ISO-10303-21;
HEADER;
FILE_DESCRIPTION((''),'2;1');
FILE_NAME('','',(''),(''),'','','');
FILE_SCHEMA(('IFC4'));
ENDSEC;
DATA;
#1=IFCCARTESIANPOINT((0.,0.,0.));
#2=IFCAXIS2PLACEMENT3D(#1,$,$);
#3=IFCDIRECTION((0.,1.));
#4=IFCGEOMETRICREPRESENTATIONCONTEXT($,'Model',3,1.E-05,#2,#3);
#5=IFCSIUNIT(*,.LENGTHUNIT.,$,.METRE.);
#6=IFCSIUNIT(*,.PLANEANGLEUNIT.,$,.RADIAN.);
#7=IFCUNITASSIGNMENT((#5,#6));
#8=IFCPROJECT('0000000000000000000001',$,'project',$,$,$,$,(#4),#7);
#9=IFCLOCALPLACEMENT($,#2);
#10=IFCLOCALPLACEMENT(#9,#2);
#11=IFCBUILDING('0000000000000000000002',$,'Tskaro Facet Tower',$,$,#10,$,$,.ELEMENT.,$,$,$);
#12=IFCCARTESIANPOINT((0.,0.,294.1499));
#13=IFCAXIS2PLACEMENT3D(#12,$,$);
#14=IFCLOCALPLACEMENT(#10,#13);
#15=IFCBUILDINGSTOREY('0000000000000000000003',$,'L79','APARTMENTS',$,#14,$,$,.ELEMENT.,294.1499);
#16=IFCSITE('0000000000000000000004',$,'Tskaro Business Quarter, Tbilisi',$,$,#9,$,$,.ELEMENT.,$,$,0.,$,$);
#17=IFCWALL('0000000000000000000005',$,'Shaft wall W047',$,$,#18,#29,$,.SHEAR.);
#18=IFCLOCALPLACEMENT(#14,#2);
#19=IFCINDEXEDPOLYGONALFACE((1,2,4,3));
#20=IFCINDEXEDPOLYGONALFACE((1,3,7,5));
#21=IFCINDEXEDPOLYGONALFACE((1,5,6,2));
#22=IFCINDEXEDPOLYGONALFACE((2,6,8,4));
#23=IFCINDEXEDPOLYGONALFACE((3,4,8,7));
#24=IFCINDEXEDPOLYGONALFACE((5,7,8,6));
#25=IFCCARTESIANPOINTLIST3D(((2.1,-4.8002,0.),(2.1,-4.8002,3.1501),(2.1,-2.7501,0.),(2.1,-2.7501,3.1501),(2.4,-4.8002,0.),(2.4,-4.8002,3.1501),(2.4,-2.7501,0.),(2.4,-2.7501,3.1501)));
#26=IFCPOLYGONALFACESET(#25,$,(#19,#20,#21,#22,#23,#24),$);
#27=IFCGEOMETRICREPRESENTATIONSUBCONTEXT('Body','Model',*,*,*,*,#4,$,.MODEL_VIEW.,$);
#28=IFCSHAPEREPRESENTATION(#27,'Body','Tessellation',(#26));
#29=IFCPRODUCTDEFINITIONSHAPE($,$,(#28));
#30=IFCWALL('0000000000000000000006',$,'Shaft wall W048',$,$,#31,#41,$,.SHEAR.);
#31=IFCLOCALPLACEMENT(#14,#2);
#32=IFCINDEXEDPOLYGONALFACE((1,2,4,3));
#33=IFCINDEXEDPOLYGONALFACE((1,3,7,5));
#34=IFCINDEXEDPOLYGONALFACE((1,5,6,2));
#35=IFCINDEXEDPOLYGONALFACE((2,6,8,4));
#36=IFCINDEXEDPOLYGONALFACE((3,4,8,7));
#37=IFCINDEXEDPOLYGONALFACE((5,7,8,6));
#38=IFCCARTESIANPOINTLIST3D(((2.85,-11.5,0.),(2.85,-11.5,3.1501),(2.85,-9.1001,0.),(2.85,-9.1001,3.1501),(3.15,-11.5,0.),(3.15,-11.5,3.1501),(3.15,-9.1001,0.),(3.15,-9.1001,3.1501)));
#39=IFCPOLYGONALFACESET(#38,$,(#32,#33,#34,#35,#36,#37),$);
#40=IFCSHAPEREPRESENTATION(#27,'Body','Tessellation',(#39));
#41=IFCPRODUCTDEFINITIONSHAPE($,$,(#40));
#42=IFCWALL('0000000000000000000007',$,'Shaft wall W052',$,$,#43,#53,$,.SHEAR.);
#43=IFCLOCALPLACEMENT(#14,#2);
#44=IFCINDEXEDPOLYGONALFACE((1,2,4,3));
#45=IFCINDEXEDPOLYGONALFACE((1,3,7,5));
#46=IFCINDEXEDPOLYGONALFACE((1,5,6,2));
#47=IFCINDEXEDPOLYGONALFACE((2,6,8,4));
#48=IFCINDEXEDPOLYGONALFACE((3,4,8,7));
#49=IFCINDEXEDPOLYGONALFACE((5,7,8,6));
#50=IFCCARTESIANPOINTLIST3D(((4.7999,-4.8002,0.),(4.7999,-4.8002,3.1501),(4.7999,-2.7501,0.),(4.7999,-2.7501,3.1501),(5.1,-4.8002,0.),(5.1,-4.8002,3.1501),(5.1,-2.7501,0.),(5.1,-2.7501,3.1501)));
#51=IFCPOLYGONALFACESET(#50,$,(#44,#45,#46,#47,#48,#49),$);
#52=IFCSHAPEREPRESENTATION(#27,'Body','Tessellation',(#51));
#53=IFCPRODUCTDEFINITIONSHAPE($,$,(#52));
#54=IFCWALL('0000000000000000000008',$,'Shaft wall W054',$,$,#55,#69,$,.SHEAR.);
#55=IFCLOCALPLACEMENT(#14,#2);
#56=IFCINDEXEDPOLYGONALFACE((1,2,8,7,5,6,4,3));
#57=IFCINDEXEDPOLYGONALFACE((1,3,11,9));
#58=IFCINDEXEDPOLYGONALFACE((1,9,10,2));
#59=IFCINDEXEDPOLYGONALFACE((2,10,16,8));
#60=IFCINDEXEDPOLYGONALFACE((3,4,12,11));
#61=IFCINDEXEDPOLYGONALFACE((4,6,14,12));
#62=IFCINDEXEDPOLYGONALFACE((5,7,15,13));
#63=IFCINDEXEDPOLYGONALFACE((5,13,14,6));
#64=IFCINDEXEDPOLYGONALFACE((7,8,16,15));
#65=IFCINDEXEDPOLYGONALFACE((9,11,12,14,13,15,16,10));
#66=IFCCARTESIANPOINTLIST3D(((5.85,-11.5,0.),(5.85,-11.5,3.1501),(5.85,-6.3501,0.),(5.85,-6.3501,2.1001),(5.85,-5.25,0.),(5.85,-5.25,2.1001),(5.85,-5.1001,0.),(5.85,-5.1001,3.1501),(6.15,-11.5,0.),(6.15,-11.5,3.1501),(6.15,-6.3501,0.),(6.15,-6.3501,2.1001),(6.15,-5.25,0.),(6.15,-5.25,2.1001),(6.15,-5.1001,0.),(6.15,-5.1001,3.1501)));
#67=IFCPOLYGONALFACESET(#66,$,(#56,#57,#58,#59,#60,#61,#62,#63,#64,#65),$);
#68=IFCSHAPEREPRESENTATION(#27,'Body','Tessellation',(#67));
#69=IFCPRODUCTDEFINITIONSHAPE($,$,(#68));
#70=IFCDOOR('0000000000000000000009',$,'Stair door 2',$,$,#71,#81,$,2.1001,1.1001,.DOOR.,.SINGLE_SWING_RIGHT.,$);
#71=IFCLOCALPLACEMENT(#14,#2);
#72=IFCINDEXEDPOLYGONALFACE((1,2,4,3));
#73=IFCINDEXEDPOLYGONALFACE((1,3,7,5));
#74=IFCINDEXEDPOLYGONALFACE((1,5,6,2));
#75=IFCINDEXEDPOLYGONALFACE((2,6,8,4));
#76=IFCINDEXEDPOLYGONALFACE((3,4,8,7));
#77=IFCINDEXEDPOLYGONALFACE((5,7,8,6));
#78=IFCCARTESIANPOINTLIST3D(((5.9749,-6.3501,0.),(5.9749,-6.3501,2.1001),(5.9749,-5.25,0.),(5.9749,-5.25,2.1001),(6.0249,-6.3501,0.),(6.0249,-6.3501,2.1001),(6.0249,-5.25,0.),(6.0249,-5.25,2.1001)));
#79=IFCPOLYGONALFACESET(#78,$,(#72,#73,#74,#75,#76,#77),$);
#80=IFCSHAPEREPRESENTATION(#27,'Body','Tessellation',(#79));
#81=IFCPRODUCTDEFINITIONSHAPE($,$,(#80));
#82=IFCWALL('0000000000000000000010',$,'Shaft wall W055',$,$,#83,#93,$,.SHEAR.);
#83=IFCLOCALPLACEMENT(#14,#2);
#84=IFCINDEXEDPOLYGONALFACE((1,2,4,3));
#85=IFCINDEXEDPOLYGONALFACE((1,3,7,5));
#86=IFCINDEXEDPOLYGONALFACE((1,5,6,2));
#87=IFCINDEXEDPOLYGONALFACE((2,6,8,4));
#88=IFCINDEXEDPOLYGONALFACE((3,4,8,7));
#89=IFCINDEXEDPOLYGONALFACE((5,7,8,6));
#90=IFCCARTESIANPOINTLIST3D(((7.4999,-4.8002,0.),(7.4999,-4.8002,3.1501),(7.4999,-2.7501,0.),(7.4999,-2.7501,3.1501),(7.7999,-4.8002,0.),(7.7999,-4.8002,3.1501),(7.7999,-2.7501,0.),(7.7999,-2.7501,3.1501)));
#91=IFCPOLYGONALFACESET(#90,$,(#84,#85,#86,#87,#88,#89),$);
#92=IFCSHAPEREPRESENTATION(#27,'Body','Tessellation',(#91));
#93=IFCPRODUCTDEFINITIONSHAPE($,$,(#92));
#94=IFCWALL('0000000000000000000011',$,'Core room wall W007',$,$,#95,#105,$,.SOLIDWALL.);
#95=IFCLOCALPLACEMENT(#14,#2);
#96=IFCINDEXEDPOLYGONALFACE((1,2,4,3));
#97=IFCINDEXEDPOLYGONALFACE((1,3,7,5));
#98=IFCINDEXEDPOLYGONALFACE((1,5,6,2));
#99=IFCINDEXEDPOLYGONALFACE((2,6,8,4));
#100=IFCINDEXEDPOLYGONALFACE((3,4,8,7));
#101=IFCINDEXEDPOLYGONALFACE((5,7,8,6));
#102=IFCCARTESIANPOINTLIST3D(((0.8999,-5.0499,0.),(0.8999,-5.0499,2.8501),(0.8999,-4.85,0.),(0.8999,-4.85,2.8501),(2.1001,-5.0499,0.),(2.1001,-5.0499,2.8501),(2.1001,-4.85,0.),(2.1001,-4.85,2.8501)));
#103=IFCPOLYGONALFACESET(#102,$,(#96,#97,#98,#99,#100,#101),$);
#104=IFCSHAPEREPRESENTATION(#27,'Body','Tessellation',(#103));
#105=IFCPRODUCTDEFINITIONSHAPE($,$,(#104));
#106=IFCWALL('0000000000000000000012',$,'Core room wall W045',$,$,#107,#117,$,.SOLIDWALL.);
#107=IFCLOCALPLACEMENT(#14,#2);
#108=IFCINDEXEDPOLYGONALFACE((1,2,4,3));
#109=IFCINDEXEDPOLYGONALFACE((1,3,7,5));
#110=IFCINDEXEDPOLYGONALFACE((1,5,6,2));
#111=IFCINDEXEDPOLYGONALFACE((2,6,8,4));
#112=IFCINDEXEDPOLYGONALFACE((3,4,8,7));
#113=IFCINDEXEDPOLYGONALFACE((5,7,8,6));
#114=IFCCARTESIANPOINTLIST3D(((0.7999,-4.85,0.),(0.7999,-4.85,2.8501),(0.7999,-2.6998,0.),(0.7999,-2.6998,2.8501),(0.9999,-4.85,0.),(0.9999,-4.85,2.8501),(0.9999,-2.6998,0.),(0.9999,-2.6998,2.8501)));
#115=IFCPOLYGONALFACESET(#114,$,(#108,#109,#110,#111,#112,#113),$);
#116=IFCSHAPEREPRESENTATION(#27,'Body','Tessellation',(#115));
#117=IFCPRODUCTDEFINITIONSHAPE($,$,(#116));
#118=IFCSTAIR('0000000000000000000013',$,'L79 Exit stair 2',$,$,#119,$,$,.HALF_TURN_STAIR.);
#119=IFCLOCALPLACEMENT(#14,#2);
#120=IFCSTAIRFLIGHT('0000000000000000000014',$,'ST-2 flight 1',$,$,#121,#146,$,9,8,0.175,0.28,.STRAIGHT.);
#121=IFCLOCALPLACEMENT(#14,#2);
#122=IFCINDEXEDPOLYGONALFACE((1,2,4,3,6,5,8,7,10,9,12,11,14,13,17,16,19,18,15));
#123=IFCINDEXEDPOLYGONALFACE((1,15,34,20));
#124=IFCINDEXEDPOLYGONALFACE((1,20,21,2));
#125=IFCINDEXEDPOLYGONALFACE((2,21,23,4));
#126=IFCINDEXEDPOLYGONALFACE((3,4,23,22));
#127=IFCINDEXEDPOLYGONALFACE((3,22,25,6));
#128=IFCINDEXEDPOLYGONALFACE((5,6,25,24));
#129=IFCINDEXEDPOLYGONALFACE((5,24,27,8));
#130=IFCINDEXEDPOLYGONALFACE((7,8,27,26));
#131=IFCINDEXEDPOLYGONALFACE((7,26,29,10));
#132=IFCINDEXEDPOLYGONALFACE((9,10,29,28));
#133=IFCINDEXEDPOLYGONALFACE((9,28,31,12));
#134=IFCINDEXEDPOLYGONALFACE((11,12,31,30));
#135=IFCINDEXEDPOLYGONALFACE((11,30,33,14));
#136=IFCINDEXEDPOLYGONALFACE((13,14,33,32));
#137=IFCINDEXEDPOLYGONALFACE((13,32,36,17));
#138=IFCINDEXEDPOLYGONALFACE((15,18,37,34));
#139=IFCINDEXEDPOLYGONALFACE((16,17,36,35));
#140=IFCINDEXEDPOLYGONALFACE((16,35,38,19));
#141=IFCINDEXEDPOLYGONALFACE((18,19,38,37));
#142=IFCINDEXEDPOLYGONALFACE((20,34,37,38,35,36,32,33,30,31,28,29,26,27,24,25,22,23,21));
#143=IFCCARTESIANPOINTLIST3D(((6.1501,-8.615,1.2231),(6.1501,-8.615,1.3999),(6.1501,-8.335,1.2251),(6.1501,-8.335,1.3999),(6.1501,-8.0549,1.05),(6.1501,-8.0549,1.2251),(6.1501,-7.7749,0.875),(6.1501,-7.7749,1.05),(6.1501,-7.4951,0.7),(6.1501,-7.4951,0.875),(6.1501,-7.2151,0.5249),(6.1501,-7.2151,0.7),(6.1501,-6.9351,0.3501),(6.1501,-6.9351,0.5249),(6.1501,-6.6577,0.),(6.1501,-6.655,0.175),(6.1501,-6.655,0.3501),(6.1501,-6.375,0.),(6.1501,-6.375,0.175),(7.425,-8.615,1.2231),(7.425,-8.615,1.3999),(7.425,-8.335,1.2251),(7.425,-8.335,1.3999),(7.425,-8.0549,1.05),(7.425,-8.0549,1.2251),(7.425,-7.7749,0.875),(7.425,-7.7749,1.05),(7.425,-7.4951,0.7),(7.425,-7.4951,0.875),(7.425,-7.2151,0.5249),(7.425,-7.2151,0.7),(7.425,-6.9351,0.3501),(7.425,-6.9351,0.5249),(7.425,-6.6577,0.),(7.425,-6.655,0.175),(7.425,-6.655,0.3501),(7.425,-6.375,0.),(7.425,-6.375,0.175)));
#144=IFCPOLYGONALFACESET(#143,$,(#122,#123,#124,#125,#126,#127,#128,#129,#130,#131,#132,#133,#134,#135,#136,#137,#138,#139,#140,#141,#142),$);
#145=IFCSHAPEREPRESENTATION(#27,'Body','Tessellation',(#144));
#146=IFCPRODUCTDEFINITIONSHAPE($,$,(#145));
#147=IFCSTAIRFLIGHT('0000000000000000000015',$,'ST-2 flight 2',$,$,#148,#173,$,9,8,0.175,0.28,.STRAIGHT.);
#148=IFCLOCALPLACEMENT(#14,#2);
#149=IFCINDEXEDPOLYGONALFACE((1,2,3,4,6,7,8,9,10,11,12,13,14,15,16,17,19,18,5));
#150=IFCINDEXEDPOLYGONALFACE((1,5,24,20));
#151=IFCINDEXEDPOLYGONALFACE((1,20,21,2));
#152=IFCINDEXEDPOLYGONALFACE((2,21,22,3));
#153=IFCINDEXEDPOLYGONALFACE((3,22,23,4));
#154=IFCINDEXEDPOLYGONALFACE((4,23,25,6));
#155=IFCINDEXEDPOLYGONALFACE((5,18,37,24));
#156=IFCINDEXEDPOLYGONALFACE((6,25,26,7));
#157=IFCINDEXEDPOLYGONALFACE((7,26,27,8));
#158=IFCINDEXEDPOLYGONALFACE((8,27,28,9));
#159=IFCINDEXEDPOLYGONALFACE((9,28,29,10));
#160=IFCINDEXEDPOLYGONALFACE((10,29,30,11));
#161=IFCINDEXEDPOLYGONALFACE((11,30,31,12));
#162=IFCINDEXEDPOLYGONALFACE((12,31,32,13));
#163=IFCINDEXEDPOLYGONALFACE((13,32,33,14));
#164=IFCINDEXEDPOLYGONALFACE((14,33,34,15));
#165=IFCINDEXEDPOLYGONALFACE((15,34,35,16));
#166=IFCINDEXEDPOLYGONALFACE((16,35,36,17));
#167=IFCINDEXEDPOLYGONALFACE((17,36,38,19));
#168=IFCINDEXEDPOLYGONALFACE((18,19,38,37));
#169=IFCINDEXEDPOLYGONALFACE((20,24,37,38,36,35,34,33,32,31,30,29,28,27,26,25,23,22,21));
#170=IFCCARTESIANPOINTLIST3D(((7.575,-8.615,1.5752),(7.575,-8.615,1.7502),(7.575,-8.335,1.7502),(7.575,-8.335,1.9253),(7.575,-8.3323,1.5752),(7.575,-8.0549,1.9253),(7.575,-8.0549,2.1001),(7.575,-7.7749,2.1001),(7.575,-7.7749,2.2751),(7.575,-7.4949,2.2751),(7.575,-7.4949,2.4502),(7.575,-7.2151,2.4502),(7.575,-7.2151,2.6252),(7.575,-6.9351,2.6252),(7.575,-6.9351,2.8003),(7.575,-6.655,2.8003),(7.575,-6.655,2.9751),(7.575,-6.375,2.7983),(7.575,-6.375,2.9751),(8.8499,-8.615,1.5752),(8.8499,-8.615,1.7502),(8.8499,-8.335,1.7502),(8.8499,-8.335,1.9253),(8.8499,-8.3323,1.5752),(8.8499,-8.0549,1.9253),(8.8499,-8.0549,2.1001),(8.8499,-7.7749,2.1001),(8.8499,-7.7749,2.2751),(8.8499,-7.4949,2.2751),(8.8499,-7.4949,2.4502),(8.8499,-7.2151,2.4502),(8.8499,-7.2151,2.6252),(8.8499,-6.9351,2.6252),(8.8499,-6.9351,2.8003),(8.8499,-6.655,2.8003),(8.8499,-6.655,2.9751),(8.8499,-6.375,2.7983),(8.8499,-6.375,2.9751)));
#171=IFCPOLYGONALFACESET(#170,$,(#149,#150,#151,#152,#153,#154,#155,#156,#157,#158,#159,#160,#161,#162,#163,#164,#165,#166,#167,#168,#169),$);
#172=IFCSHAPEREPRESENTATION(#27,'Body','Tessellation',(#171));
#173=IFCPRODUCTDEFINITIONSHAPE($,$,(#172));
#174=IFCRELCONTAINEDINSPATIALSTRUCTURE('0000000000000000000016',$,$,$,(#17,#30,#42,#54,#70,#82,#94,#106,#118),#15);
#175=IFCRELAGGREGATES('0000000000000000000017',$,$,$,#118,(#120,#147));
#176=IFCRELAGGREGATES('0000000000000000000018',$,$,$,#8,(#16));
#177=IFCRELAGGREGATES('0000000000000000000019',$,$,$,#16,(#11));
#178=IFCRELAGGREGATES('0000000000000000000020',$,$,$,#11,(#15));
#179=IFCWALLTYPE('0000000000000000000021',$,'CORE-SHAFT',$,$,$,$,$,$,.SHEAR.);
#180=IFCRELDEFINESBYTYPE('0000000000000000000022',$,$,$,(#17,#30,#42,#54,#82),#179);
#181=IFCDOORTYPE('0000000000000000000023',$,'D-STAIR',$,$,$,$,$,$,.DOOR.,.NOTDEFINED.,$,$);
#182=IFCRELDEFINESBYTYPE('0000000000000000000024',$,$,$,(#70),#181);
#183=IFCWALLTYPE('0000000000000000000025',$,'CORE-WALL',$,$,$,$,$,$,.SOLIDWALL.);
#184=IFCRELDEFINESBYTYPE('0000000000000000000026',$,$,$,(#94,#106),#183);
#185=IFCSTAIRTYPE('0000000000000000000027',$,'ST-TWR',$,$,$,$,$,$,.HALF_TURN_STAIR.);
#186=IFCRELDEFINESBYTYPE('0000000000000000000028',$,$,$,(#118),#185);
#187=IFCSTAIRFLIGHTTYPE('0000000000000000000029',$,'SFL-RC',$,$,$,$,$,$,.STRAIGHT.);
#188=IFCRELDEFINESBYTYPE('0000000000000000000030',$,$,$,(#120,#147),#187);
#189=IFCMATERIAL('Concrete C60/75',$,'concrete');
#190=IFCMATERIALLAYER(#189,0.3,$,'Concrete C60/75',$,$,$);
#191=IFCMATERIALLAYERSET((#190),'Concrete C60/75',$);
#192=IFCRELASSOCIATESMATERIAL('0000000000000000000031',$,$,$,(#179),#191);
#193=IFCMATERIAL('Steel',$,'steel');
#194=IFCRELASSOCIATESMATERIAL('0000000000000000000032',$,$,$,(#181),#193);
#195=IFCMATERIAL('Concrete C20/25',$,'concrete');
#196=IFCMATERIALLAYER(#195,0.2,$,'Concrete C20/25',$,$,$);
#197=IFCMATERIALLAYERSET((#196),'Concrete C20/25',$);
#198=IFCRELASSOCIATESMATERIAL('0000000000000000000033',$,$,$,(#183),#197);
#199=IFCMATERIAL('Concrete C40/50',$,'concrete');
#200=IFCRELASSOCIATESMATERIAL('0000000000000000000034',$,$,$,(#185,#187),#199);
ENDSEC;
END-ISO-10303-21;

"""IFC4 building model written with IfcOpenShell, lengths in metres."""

from ifc_helpers import new_model, si_unit, direction, frame, frame_2d, origin, place, context, subcontext, project, spatial, polyline, rectangle, outline, extrude, material, layer, layer_set, type_object, element, fill, aggregate, save


model = new_model("IFC4")

# Units and contexts
model_context = context("Model", 3, precision=1e-05, world=origin(), true_north=direction((0.0, 1.0)))
body_context = subcontext(model_context, "Body", "Model", "MODEL_VIEW")
ifc_project = project(units=[si_unit("LENGTHUNIT", "METRE"), si_unit("PLANEANGLEUNIT", "RADIAN")], contexts=[model_context])

# Site, building, storey
site_placement = place(None, origin())
site = spatial("IfcSite", under=ifc_project, at=site_placement, Name="Tskaro Business Quarter, Tbilisi", CompositionType="ELEMENT", RefElevation=0.0)
building_placement = place(site_placement, origin())
building = spatial("IfcBuilding", under=site, at=building_placement, Name="Tskaro Facet Tower", CompositionType="ELEMENT")
storey_placement = place(building_placement, frame((0.0, 0.0, 294.1499)))
storey = spatial("IfcBuildingStorey", under=building, at=storey_placement, Name="L79", Description="APARTMENTS", CompositionType="ELEMENT", Elevation=294.1499)

# Walls
ifc_material_1 = material(Name="Concrete C60/75", Category="concrete")
ifc_layer_1 = layer(ifc_material_1, 0.3, Name="Concrete C60/75")
ifc_layer_set_1 = layer_set([ifc_layer_1], Name="Concrete C60/75")
wall_type_1 = type_object("IfcWallType", Name="CORE-SHAFT", PredefinedType="SHEAR", material=ifc_layer_set_1)
wall_1_placement = place(storey_placement, frame((2.25, -4.8, 0.0), z_axis=(0.0, 0.0, 1.0), x_axis=(0.0, 1.0, 0.0)))
element("IfcWall", 1, at=wall_1_placement, inside=storey, type_object=wall_type_1, Name="Shaft wall W047", PredefinedType="SHEAR", context=body_context, shape_type="SweptSolid", body=[
    extrude(rectangle(XDim=2.05, YDim=0.3, at=frame_2d((1.0249, 0.0))), origin(), (0.0, 0.0, 1.0), 3.1501),
])
wall_2_placement = place(storey_placement, frame((3.0, -11.5, 0.0), z_axis=(0.0, 0.0, 1.0), x_axis=(0.0, 1.0, 0.0)))
element("IfcWall", 2, at=wall_2_placement, inside=storey, type_object=wall_type_1, Name="Shaft wall W048", PredefinedType="SHEAR", context=body_context, shape_type="SweptSolid", body=[
    extrude(rectangle(XDim=2.3999, YDim=0.3, at=frame_2d((1.2, 0.0))), origin(), (0.0, 0.0, 1.0), 3.1501),
])
wall_3_placement = place(storey_placement, frame((4.95, -4.8, 0.0), z_axis=(0.0, 0.0, 1.0), x_axis=(0.0, 1.0, 0.0)))
element("IfcWall", 3, at=wall_3_placement, inside=storey, type_object=wall_type_1, Name="Shaft wall W052", PredefinedType="SHEAR", context=body_context, shape_type="SweptSolid", body=[
    extrude(rectangle(XDim=2.05, YDim=0.3, at=frame_2d((1.0249, 0.0))), origin(), (0.0, 0.0, 1.0), 3.1501),
])

# Wall, opening, door
wall_4_placement = place(storey_placement, frame((6.0, -5.1001, 0.0), z_axis=(0.0, 0.0, 1.0), x_axis=(0.0, -1.0, 0.0)))
wall_4 = element("IfcWall", 4, at=wall_4_placement, inside=storey, type_object=wall_type_1, Name="Shaft wall W054", PredefinedType="SHEAR", context=body_context, shape_type="SweptSolid", body=[
    extrude(rectangle(XDim=6.3999, YDim=0.3, at=frame_2d((3.2, 0.0))), origin(), (0.0, 0.0, 1.0), 3.1501),
])
opening_placement = place(wall_4_placement, frame((0.1499, 0.0, 0.0)))
opening = element("IfcOpeningElement", 5, at=opening_placement, cuts=wall_4, PredefinedType="OPENING", context=body_context, shape_type="SweptSolid", body=[
    extrude(rectangle(XDim=1.1001, YDim=2.1001, at=frame_2d((0.55, 1.05))), frame((0.0, 0.1599, 0.0), z_axis=(0.0, -1.0, 0.0), x_axis=(1.0, 0.0, 0.0)), (0.0, 0.0, 1.0), 0.3201),
])
ifc_material_2 = material(Name="Steel", Category="steel")
door_type = type_object("IfcDoorType", Name="D-STAIR", OperationType="NOTDEFINED", PredefinedType="DOOR", material=ifc_material_2)
door_placement = place(opening_placement, origin())
door = element("IfcDoor", 6, at=door_placement, inside=storey, type_object=door_type, Name="Stair door 2", OperationType="SINGLE_SWING_RIGHT", OverallHeight=2.1001, OverallWidth=1.1001, PredefinedType="DOOR", context=body_context, shape_type="SweptSolid", body=[
    extrude(rectangle(XDim=1.1001, YDim=2.1001, at=frame_2d((0.55, 1.05))), frame((0.0, 0.0249, 0.0), z_axis=(0.0, -1.0, 0.0), x_axis=(1.0, 0.0, 0.0)), (0.0, 0.0, 1.0), 0.05),
])
fill(opening, door)

# Walls
wall_5_placement = place(storey_placement, frame((7.6499, -4.8, 0.0), z_axis=(0.0, 0.0, 1.0), x_axis=(0.0, 1.0, 0.0)))
element("IfcWall", 7, at=wall_5_placement, inside=storey, type_object=wall_type_1, Name="Shaft wall W055", PredefinedType="SHEAR", context=body_context, shape_type="SweptSolid", body=[
    extrude(rectangle(XDim=2.05, YDim=0.3, at=frame_2d((1.0249, 0.0))), origin(), (0.0, 0.0, 1.0), 3.1501),
])
ifc_material_3 = material(Name="Concrete C20/25", Category="concrete")
ifc_layer_2 = layer(ifc_material_3, 0.2, Name="Concrete C20/25")
ifc_layer_set_2 = layer_set([ifc_layer_2], Name="Concrete C20/25")
wall_type_2 = type_object("IfcWallType", Name="CORE-WALL", PredefinedType="SOLIDWALL", material=ifc_layer_set_2)
wall_6_placement = place(storey_placement, frame((0.8999, -4.95, 0.0), z_axis=(0.0, 0.0, 1.0), x_axis=(1.0, 0.0, 0.0)))
element("IfcWall", 8, at=wall_6_placement, inside=storey, type_object=wall_type_2, Name="Core room wall W007", PredefinedType="SOLIDWALL", context=body_context, shape_type="SweptSolid", body=[
    extrude(rectangle(XDim=1.2002, YDim=0.2, at=frame_2d((0.6001, 0.0))), origin(), (0.0, 0.0, 1.0), 2.8501),
])
wall_7_placement = place(storey_placement, frame((0.8999, -4.8501, 0.0), z_axis=(0.0, 0.0, 1.0), x_axis=(0.0, 1.0, 0.0)))
element("IfcWall", 9, at=wall_7_placement, inside=storey, type_object=wall_type_2, Name="Core room wall W045", PredefinedType="SOLIDWALL", context=body_context, shape_type="SweptSolid", body=[
    extrude(rectangle(XDim=2.1501, YDim=0.2, at=frame_2d((1.0752, 0.0))), origin(), (0.0, 0.0, 1.0), 2.8501),
])

# Stair, stair flights
ifc_material_4 = material(Name="Concrete C40/50", Category="concrete")
stair_type = type_object("IfcStairType", Name="ST-TWR", PredefinedType="HALF_TURN_STAIR", material=ifc_material_4)
stair_placement = place(storey_placement, origin())
stair = element("IfcStair", 10, at=stair_placement, inside=storey, type_object=stair_type, Name="L79 Exit stair 2", PredefinedType="HALF_TURN_STAIR")
stair_flight_type = type_object("IfcStairFlightType", Name="SFL-RC", PredefinedType="STRAIGHT", material=ifc_material_4)
stair_flight_1_placement = place(storey_placement, frame((6.7876, -6.375, 0.0), z_axis=(0.0, 0.0, 1.0), x_axis=(0.0, -1.0, 0.0)))
stair_flight_1 = element("IfcStairFlight", 11, at=stair_flight_1_placement, type_object=stair_flight_type, Name="ST-2 flight 1", NumberOfRisers=9, NumberOfTreads=8, PredefinedType="STRAIGHT", RiserHeight=0.175, TreadLength=0.28, context=body_context, shape_type="SweptSolid", body=[
    extrude(outline(polyline([(0.0, 0.0), (0.0, 0.175), (0.28, 0.175), (0.28, 0.3501), (0.5601, 0.3501), (0.5601, 0.5249), (0.8401, 0.5249), (0.8401, 0.7), (1.1201, 0.7), (1.1201, 0.875), (1.3999, 0.875), (1.3999, 1.05), (1.6799, 1.05), (1.6799, 1.2251), (1.96, 1.2251), (1.96, 1.3999), (2.24, 1.3999), (2.24, 1.575), (2.24, 1.2231), (0.2827, 0.0), (0.0, 0.0)])), frame((0.0, 0.6375, 0.0), z_axis=(0.0, -1.0, 0.0), x_axis=(1.0, 0.0, 0.0)), (0.0, 0.0, 1.0), 1.2749),
])
stair_flight_2_placement = place(storey_placement, frame((8.2124, -8.615, 1.5752), z_axis=(0.0, 0.0, 1.0), x_axis=(0.0, 1.0, 0.0)))
stair_flight_2 = element("IfcStairFlight", 12, at=stair_flight_2_placement, type_object=stair_flight_type, Name="ST-2 flight 2", NumberOfRisers=9, NumberOfTreads=8, PredefinedType="STRAIGHT", RiserHeight=0.175, TreadLength=0.28, context=body_context, shape_type="SweptSolid", body=[
    extrude(outline(polyline([(0.0, 0.0), (0.0, 0.175), (0.28, 0.175), (0.28, 0.3501), (0.5601, 0.3501), (0.5601, 0.5249), (0.8401, 0.5249), (0.8401, 0.7), (1.1201, 0.7), (1.1201, 0.875), (1.3999, 0.875), (1.3999, 1.05), (1.6799, 1.05), (1.6799, 1.2251), (1.96, 1.2251), (1.96, 1.3999), (2.24, 1.3999), (2.24, 1.575), (2.24, 1.2231), (0.2827, 0.0), (0.0, 0.0)])), frame((0.0, 0.6375, 0.0), z_axis=(0.0, -1.0, 0.0), x_axis=(1.0, 0.0, 0.0)), (0.0, 0.0, 1.0), 1.2749),
])
aggregate(stair, [stair_flight_1, stair_flight_2])

save(model, "model.ifc")
